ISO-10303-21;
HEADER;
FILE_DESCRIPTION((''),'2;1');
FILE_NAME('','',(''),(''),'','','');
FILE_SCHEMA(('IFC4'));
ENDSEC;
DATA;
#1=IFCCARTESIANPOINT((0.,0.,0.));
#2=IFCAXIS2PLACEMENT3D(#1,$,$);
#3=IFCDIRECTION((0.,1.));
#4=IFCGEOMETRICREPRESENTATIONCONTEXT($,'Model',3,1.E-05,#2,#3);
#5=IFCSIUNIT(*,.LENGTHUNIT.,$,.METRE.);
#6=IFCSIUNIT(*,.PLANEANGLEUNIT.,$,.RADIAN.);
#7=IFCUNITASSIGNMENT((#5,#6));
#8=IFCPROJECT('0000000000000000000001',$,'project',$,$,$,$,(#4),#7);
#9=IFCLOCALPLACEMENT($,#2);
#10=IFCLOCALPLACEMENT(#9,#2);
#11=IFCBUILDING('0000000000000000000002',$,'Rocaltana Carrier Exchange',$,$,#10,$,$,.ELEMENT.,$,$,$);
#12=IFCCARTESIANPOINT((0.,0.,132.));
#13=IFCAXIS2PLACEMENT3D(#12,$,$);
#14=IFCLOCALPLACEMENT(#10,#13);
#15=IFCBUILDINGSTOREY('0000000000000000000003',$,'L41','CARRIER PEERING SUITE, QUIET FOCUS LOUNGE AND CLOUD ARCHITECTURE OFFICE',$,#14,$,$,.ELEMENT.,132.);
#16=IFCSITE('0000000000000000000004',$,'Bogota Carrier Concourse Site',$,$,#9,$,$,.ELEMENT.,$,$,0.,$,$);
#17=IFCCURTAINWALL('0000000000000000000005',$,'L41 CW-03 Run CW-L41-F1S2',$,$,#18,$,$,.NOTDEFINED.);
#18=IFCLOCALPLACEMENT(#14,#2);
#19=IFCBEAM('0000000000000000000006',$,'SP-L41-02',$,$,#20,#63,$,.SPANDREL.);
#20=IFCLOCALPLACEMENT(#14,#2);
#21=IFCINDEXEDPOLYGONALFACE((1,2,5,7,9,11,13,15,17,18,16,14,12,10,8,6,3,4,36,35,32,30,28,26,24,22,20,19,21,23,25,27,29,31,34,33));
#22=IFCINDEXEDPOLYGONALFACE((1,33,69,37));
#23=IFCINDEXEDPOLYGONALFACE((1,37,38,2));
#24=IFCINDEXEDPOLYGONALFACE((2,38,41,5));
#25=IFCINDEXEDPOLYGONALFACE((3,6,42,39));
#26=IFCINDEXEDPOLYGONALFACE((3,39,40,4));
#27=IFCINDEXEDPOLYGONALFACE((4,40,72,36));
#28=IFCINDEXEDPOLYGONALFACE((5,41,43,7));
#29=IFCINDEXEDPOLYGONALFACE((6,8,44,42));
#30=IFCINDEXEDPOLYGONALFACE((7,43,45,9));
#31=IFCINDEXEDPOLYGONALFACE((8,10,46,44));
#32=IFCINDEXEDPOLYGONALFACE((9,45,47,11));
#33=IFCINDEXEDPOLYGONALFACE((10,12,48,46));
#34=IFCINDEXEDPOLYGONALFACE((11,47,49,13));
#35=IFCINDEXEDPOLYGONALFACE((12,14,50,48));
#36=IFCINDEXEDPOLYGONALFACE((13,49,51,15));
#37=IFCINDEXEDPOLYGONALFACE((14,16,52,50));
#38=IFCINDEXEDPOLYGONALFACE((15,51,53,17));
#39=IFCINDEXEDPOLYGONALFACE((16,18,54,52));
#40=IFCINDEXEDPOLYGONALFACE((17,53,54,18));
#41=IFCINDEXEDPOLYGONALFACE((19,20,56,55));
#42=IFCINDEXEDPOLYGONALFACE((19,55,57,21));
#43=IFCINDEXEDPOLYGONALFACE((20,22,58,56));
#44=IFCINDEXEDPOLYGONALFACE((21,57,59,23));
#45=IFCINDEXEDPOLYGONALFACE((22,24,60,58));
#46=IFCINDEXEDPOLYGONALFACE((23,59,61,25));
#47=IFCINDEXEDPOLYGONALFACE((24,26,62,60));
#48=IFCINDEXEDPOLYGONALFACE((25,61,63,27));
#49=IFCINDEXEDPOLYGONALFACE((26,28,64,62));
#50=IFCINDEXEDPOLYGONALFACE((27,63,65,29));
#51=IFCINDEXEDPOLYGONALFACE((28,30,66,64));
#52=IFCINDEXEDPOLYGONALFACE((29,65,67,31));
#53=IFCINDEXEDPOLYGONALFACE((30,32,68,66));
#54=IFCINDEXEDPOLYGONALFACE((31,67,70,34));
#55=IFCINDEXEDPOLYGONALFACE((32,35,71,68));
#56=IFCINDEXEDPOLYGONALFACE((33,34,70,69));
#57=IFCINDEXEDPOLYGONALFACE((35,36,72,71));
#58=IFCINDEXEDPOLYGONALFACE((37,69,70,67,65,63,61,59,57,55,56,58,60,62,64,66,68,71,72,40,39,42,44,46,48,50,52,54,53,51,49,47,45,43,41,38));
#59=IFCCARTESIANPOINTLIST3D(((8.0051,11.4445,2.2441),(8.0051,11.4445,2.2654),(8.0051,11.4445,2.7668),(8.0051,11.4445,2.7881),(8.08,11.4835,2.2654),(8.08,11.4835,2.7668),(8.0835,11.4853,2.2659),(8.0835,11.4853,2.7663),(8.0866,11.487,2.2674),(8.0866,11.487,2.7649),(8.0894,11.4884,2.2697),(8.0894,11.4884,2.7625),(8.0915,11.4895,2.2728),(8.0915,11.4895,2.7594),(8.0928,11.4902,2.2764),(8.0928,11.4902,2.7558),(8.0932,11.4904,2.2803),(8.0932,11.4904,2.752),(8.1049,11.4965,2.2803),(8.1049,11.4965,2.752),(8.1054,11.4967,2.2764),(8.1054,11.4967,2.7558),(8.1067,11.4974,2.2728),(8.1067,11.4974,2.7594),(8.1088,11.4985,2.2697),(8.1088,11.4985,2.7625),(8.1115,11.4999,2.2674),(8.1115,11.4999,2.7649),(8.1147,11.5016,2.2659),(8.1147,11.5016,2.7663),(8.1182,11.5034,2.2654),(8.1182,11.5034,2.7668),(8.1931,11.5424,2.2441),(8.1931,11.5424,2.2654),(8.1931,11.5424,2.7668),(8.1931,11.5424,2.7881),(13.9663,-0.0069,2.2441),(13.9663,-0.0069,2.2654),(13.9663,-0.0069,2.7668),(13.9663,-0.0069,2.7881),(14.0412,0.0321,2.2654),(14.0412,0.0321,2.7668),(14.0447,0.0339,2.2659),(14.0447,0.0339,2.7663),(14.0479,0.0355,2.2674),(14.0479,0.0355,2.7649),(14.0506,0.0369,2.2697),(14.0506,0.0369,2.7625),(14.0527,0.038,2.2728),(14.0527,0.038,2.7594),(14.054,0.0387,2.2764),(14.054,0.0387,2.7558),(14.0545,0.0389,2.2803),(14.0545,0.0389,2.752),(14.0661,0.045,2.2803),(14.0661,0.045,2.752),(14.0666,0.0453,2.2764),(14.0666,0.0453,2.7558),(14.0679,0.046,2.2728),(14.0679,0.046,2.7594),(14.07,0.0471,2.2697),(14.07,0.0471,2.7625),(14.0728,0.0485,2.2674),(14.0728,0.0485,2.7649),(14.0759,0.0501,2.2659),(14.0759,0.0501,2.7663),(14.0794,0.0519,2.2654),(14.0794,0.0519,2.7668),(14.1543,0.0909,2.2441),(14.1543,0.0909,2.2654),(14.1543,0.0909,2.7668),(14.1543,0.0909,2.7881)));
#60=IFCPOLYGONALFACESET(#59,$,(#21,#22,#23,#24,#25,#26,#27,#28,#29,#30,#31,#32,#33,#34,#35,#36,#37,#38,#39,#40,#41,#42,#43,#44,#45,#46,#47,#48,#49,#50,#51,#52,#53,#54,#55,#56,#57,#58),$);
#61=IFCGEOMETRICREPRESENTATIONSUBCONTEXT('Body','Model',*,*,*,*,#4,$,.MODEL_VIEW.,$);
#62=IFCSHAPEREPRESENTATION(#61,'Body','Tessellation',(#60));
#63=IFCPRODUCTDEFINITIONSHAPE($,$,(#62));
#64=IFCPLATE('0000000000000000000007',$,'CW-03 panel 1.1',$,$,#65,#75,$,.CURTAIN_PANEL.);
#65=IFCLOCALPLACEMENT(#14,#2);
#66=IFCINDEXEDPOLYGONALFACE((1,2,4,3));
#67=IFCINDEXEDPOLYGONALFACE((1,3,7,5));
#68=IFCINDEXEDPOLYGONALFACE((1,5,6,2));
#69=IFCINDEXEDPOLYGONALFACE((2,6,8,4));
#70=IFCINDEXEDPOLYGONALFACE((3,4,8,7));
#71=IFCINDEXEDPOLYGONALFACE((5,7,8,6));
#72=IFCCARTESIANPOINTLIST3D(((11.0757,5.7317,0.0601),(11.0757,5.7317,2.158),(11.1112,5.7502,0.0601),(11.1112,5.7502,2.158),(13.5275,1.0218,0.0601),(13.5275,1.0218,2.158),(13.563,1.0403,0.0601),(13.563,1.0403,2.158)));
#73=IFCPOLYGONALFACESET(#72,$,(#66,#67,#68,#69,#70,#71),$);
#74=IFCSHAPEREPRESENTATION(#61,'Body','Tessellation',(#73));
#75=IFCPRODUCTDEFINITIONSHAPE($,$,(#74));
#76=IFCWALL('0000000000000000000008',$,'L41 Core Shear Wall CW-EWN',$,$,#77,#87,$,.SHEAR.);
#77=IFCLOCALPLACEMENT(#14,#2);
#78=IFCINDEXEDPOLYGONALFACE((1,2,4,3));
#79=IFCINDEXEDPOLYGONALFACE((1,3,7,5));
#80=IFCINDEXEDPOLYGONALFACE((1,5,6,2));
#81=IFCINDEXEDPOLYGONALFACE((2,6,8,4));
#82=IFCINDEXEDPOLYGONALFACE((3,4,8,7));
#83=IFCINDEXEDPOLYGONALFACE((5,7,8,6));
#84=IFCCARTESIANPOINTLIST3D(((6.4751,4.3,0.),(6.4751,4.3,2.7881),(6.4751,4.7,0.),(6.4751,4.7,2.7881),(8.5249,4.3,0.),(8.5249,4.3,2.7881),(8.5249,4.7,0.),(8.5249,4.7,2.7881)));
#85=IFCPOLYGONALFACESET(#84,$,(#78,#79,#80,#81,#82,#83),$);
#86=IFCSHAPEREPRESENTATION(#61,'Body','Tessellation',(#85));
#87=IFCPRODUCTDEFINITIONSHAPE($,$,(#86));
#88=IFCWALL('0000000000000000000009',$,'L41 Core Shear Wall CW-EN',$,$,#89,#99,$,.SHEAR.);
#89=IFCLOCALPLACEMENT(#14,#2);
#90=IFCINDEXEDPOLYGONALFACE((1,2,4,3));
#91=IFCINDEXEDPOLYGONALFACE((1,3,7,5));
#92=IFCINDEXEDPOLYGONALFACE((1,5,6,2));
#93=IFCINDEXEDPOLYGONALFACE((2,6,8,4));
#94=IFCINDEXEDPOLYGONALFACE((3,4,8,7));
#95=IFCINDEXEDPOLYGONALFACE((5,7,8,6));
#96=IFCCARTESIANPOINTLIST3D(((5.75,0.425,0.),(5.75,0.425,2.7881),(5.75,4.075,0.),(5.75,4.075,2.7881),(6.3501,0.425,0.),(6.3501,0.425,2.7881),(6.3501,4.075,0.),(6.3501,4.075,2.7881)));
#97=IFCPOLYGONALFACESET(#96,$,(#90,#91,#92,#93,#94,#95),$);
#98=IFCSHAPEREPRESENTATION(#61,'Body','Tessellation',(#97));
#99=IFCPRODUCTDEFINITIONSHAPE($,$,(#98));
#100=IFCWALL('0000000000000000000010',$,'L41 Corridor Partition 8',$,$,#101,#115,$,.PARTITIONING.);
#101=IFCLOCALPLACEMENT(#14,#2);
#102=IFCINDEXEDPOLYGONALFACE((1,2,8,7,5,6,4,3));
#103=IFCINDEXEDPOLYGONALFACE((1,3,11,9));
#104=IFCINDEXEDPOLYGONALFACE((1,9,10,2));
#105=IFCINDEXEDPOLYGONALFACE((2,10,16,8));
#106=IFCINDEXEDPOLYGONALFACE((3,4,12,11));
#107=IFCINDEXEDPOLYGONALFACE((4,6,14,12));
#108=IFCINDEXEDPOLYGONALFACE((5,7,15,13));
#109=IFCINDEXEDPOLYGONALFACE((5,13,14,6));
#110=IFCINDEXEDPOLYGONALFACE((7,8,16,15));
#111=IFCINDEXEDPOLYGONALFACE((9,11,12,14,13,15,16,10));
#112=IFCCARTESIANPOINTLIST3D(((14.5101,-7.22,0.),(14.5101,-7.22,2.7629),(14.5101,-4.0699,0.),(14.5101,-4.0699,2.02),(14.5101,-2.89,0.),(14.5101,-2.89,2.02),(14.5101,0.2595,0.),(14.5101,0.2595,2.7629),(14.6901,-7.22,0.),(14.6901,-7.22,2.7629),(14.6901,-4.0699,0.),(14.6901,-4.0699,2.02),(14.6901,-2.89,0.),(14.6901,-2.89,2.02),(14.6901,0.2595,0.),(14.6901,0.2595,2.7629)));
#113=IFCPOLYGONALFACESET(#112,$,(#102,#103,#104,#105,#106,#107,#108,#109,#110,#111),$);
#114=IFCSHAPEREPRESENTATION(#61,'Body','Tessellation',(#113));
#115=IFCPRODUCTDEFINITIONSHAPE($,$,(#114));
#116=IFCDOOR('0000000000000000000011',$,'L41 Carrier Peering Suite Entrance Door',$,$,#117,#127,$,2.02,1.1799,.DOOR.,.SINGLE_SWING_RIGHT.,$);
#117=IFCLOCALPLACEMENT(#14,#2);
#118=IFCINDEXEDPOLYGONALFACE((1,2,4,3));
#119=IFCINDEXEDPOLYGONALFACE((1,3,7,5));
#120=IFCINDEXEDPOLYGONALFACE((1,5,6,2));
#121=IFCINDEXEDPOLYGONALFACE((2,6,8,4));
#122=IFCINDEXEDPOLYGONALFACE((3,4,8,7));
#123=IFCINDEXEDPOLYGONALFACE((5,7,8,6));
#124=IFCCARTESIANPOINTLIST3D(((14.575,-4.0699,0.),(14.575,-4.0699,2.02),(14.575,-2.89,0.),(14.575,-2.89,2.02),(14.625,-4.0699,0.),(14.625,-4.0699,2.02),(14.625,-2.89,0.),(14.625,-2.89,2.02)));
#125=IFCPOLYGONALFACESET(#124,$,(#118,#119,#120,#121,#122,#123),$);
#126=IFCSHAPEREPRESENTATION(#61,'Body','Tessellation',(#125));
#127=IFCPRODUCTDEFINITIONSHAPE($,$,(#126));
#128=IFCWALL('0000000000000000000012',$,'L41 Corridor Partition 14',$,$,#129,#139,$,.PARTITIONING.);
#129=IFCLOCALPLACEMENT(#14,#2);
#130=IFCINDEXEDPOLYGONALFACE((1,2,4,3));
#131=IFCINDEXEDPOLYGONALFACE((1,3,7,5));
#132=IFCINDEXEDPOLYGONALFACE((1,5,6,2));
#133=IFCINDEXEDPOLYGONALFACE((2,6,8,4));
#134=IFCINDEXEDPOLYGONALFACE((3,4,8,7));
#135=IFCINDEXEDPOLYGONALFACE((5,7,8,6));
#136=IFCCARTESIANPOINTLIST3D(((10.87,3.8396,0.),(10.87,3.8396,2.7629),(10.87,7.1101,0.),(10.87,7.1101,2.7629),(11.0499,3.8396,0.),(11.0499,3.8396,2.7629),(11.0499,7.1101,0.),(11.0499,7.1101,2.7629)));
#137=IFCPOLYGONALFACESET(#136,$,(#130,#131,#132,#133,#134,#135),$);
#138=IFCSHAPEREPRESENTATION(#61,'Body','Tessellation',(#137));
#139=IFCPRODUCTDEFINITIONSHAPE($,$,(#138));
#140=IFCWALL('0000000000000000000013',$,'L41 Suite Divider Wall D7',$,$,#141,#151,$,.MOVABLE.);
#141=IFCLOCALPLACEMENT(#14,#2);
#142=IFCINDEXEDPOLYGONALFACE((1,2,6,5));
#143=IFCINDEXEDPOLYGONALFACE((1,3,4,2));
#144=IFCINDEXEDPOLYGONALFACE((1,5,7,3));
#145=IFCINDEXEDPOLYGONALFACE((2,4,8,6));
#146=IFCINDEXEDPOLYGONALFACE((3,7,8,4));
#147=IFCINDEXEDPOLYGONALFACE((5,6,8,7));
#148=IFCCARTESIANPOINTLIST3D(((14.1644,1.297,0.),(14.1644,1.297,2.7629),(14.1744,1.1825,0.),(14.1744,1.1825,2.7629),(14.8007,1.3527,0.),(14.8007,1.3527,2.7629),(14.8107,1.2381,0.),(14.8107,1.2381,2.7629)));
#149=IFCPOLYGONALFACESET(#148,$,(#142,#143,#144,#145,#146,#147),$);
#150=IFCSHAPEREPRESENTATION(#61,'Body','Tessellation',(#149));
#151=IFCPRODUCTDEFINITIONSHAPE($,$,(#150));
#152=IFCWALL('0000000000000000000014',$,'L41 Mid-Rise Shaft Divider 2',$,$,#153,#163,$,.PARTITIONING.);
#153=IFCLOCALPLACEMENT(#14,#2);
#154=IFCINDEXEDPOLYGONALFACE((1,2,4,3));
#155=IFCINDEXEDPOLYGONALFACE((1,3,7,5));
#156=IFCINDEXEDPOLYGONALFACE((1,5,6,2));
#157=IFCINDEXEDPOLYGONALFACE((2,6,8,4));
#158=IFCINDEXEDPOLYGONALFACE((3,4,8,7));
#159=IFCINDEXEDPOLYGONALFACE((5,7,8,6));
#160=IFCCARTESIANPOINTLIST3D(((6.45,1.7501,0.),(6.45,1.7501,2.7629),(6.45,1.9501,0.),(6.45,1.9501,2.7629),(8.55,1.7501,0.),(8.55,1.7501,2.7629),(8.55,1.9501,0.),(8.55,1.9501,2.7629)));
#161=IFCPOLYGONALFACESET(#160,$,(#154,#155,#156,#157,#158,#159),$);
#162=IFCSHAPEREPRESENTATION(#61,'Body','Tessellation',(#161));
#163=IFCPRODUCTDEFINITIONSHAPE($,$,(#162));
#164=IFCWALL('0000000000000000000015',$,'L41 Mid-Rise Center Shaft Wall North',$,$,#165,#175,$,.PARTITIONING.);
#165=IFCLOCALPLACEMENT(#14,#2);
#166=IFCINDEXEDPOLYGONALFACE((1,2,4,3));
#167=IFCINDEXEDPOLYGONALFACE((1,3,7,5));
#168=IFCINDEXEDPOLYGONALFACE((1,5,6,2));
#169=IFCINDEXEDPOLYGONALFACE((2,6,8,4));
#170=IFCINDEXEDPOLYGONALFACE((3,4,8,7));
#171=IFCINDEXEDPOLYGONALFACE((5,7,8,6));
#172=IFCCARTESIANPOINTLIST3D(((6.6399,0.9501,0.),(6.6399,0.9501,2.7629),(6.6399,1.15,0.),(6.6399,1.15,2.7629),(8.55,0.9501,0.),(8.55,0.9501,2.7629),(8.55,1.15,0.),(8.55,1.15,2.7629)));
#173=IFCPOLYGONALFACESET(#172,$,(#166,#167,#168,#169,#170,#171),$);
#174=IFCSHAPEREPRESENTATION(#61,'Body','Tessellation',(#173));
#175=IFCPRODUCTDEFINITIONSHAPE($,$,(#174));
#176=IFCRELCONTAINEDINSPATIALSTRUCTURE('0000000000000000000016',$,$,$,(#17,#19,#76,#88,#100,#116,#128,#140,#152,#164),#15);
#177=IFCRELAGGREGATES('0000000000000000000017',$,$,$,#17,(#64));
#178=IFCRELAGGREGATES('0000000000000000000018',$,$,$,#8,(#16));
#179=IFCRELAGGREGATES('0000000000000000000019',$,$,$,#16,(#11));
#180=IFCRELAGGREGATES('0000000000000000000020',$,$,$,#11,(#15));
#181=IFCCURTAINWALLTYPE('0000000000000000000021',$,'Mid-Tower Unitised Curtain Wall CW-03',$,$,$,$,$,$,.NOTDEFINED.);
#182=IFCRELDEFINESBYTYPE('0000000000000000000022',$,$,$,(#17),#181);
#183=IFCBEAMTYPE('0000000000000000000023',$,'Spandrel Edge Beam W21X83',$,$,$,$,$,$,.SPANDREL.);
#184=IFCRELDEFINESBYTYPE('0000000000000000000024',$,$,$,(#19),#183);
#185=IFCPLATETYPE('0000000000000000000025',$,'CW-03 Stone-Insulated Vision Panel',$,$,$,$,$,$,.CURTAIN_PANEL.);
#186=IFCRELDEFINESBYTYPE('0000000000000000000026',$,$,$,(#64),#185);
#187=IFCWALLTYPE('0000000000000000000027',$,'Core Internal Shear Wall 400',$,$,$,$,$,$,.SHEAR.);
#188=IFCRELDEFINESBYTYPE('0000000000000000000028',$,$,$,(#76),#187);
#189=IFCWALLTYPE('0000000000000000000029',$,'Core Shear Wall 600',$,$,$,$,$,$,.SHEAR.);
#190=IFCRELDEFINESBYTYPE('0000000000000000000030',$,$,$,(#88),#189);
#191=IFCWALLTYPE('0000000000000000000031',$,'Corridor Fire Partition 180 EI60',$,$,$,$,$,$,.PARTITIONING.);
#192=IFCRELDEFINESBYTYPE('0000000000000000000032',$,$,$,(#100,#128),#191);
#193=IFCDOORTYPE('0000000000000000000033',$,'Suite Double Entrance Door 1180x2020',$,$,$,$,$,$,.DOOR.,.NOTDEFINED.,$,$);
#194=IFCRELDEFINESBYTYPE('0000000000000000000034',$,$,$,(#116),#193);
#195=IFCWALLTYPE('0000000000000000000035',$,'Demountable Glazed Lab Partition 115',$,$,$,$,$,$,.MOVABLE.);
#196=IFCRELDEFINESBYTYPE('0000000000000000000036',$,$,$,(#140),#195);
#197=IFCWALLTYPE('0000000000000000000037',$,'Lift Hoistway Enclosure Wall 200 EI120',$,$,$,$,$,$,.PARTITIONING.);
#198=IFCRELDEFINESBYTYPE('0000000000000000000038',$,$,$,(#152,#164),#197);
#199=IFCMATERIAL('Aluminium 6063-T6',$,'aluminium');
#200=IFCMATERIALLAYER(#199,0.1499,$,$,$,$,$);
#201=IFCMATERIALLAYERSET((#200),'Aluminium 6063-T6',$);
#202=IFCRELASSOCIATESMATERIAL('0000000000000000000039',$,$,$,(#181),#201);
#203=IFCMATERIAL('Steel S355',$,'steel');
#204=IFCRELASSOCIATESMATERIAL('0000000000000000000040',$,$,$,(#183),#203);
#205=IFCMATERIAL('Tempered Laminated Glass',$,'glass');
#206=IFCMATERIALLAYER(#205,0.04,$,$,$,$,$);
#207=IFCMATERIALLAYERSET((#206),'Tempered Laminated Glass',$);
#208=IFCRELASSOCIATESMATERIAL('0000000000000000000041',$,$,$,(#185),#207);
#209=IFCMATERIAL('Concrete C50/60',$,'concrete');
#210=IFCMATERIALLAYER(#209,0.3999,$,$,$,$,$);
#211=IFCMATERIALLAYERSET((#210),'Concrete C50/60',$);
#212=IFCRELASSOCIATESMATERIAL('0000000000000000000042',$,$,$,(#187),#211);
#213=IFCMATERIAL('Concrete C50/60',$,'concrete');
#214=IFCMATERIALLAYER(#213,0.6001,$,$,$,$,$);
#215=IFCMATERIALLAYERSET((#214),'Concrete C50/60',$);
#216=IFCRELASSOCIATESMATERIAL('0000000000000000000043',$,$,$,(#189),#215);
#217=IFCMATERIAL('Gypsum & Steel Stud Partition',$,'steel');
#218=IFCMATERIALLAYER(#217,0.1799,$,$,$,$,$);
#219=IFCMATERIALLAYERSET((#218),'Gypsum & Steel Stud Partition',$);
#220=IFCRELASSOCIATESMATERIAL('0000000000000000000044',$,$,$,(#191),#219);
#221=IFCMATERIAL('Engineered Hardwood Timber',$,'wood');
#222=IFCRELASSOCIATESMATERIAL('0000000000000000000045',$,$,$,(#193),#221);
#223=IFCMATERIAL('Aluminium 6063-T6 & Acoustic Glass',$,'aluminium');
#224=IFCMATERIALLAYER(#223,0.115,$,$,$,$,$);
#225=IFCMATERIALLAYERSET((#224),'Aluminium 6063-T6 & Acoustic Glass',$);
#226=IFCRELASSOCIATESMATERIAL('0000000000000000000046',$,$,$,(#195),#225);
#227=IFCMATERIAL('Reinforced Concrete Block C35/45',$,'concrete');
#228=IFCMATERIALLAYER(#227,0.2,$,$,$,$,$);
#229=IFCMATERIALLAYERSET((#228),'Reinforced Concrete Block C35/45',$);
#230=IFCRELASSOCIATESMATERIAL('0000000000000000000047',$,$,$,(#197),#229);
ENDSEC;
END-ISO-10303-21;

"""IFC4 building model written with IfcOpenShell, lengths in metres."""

from ifc_helpers import new_model, si_unit, direction, frame, frame_2d, origin, origin_2d, place, context, subcontext, project, spatial, rectangle, i_section, extrude, material, layer, layer_set, material_profile, profile_set, type_object, element, fill, aggregate, save


model = new_model("IFC4")

# Units and contexts
model_context = context("Model", 3, precision=1e-05, world=origin(), true_north=direction((0.0, 1.0)))
body_context = subcontext(model_context, "Body", "Model", "MODEL_VIEW")
ifc_project = project(units=[si_unit("LENGTHUNIT", "METRE"), si_unit("PLANEANGLEUNIT", "RADIAN")], contexts=[model_context])

# Site, building, storey
site_placement = place(None, origin())
site = spatial("IfcSite", under=ifc_project, at=site_placement, Name="Bogota Carrier Concourse Site", CompositionType="ELEMENT", RefElevation=0.0)
building_placement = place(site_placement, origin())
building = spatial("IfcBuilding", under=site, at=building_placement, Name="Rocaltana Carrier Exchange", CompositionType="ELEMENT")
storey_placement = place(building_placement, frame((0.0, 0.0, 132.0)))
storey = spatial("IfcBuildingStorey", under=building, at=storey_placement, Name="L41", Description="CARRIER PEERING SUITE, QUIET FOCUS LOUNGE AND CLOUD ARCHITECTURE OFFICE", CompositionType="ELEMENT", Elevation=132.0)

# Curtain wall
ifc_material_1 = material(Name="Aluminium 6063-T6", Category="aluminium")
ifc_layer_1 = layer(ifc_material_1, 0.1499)
ifc_layer_set_1 = layer_set([ifc_layer_1], Name="Aluminium 6063-T6")
curtain_wall_type = type_object("IfcCurtainWallType", Name="Mid-Tower Unitised Curtain Wall CW-03", PredefinedType="NOTDEFINED", material=ifc_layer_set_1)
curtain_wall_placement = place(storey_placement, origin())
curtain_wall = element("IfcCurtainWall", 1, at=curtain_wall_placement, inside=storey, type_object=curtain_wall_type, Name="L41 CW-03 Run CW-L41-F1S2", PredefinedType="NOTDEFINED")

# Beam
ifc_material_2 = material(Name="Steel S355", Category="steel")
ifc_material_profile_1 = material_profile(ifc_material_2, i_section(OverallWidth=0.2119, OverallDepth=0.5439, WebThickness=0.0132, FlangeThickness=0.0212, FilletRadius=0.0149, at=origin_2d()), Name="W21X83")
ifc_profile_set_1 = profile_set([ifc_material_profile_1], Name="Steel S355")
beam_type_1 = type_object("IfcBeamType", Name="Spandrel Edge Beam W21X83", PredefinedType="SPANDREL", material=ifc_profile_set_1)
beam_1_placement = place(storey_placement, frame((14.0603, 0.042, 2.5161), z_axis=(-0.461746, 0.887012, 0.0), x_axis=(-0.887012, -0.461746, 0.0)))
element("IfcBeam", 2, at=beam_1_placement, inside=storey, type_object=beam_type_1, Name="SP-L41-02", PredefinedType="SPANDREL", context=body_context, shape_type="SweptSolid", body=[
    extrude(i_section(OverallWidth=0.2119, OverallDepth=0.5439, WebThickness=0.0132, FlangeThickness=0.0212, FilletRadius=0.0149, at=origin_2d()), origin(), (0.0, 0.0, 1.0), 12.9102),
])

# Plate
ifc_material_3 = material(Name="Tempered Laminated Glass", Category="glass")
ifc_layer_2 = layer(ifc_material_3, 0.04)
ifc_layer_set_2 = layer_set([ifc_layer_2], Name="Tempered Laminated Glass")
plate_type = type_object("IfcPlateType", Name="CW-03 Stone-Insulated Vision Panel", PredefinedType="CURTAIN_PANEL", material=ifc_layer_set_2)
plate_placement = place(storey_placement, frame((12.3193, 3.386, 0.0601), z_axis=(0.0, 0.0, 1.0), x_axis=(-0.461747, 0.887012, 0.0)))
plate = element("IfcPlate", 3, at=plate_placement, type_object=plate_type, Name="CW-03 panel 1.1", PredefinedType="CURTAIN_PANEL", context=body_context, shape_type="SweptSolid", body=[
    extrude(rectangle(XDim=5.3098, YDim=0.04, at=origin_2d()), origin(), (0.0, 0.0, 1.0), 2.0979),
])
aggregate(curtain_wall, [plate])

# Walls
ifc_material_4 = material(Name="Concrete C50/60", Category="concrete")
ifc_layer_3 = layer(ifc_material_4, 0.3999)
ifc_layer_set_3 = layer_set([ifc_layer_3], Name="Concrete C50/60")
wall_type_1 = type_object("IfcWallType", Name="Core Internal Shear Wall 400", PredefinedType="SHEAR", material=ifc_layer_set_3)
wall_1_placement = place(storey_placement, frame((6.4751, 4.5, 0.0), z_axis=(0.0, 0.0, 1.0), x_axis=(1.0, 0.0, 0.0)))
element("IfcWall", 4, at=wall_1_placement, inside=storey, type_object=wall_type_1, Name="L41 Core Shear Wall CW-EWN", PredefinedType="SHEAR", context=body_context, shape_type="SweptSolid", body=[
    extrude(rectangle(XDim=2.0498, YDim=0.3999, at=frame_2d((1.0249, 0.0))), origin(), (0.0, 0.0, 1.0), 2.7881),
])
ifc_material_5 = material(Name="Concrete C50/60", Category="concrete")
ifc_layer_4 = layer(ifc_material_5, 0.6001)
ifc_layer_set_4 = layer_set([ifc_layer_4], Name="Concrete C50/60")
wall_type_2 = type_object("IfcWallType", Name="Core Shear Wall 600", PredefinedType="SHEAR", material=ifc_layer_set_4)
wall_2_placement = place(storey_placement, frame((6.05, 0.425, 0.0), z_axis=(0.0, 0.0, 1.0), x_axis=(0.0, 1.0, 0.0)))
element("IfcWall", 5, at=wall_2_placement, inside=storey, type_object=wall_type_2, Name="L41 Core Shear Wall CW-EN", PredefinedType="SHEAR", context=body_context, shape_type="SweptSolid", body=[
    extrude(rectangle(XDim=3.6499, YDim=0.6001, at=frame_2d((1.825, 0.0))), origin(), (0.0, 0.0, 1.0), 2.7881),
])

# Wall, opening, door
ifc_material_6 = material(Name="Gypsum & Steel Stud Partition", Category="steel")
ifc_layer_5 = layer(ifc_material_6, 0.1799)
ifc_layer_set_5 = layer_set([ifc_layer_5], Name="Gypsum & Steel Stud Partition")
wall_type_3 = type_object("IfcWallType", Name="Corridor Fire Partition 180 EI60", PredefinedType="PARTITIONING", material=ifc_layer_set_5)
wall_3_placement = place(storey_placement, frame((14.6001, 0.2595, 0.0), z_axis=(0.0, 0.0, 1.0), x_axis=(0.0, -1.0, 0.0)))
wall_3 = element("IfcWall", 6, at=wall_3_placement, inside=storey, type_object=wall_type_3, Name="L41 Corridor Partition 8", PredefinedType="PARTITIONING", context=body_context, shape_type="SweptSolid", body=[
    extrude(rectangle(XDim=7.4795, YDim=0.1799, at=frame_2d((3.7397, 0.0))), origin(), (0.0, 0.0, 1.0), 2.7629),
])
opening_placement = place(wall_3_placement, frame((3.1497, 0.0, 0.0)))
opening = element("IfcOpeningElement", 7, at=opening_placement, cuts=wall_3, PredefinedType="OPENING", context=body_context, shape_type="SweptSolid", body=[
    extrude(rectangle(XDim=1.1799, YDim=2.02, at=frame_2d((0.5898, 1.01))), frame((0.0, 0.0999, 0.0), z_axis=(0.0, -1.0, 0.0), x_axis=(1.0, 0.0, 0.0)), (0.0, 0.0, 1.0), 0.2),
])
ifc_material_7 = material(Name="Engineered Hardwood Timber", Category="wood")
door_type = type_object("IfcDoorType", Name="Suite Double Entrance Door 1180x2020", OperationType="NOTDEFINED", PredefinedType="DOOR", material=ifc_material_7)
door_placement = place(opening_placement, origin())
door = element("IfcDoor", 8, at=door_placement, inside=storey, type_object=door_type, Name="L41 Carrier Peering Suite Entrance Door", OperationType="SINGLE_SWING_RIGHT", OverallHeight=2.02, OverallWidth=1.1799, PredefinedType="DOOR", context=body_context, shape_type="SweptSolid", body=[
    extrude(rectangle(XDim=1.1799, YDim=2.02, at=frame_2d((0.5898, 1.01))), frame((0.0, 0.0249, 0.0), z_axis=(0.0, -1.0, 0.0), x_axis=(1.0, 0.0, 0.0)), (0.0, 0.0, 1.0), 0.05),
])
fill(opening, door)

# Walls
wall_4_placement = place(storey_placement, frame((10.96, 3.8396, 0.0), z_axis=(0.0, 0.0, 1.0), x_axis=(0.0, 1.0, 0.0)))
element("IfcWall", 9, at=wall_4_placement, inside=storey, type_object=wall_type_3, Name="L41 Corridor Partition 14", PredefinedType="PARTITIONING", context=body_context, shape_type="SweptSolid", body=[
    extrude(rectangle(XDim=3.2705, YDim=0.1799, at=frame_2d((1.6353, 0.0))), origin(), (0.0, 0.0, 1.0), 2.7629),
])
ifc_material_8 = material(Name="Aluminium 6063-T6 & Acoustic Glass", Category="aluminium")
ifc_layer_6 = layer(ifc_material_8, 0.115)
ifc_layer_set_6 = layer_set([ifc_layer_6], Name="Aluminium 6063-T6 & Acoustic Glass")
wall_type_4 = type_object("IfcWallType", Name="Demountable Glazed Lab Partition 115", PredefinedType="MOVABLE", material=ifc_layer_set_6)
wall_5_placement = place(storey_placement, frame((14.1694, 1.2397, 0.0), z_axis=(0.0, 0.0, 1.0), x_axis=(0.996195, 0.087157, 0.0)))
element("IfcWall", 10, at=wall_5_placement, inside=storey, type_object=wall_type_4, Name="L41 Suite Divider Wall D7", PredefinedType="MOVABLE", context=body_context, shape_type="SweptSolid", body=[
    extrude(rectangle(XDim=0.6387, YDim=0.115, at=frame_2d((0.3193, 0.0))), origin(), (0.0, 0.0, 1.0), 2.7629),
])
ifc_material_9 = material(Name="Reinforced Concrete Block C35/45", Category="concrete")
ifc_layer_7 = layer(ifc_material_9, 0.2)
ifc_layer_set_7 = layer_set([ifc_layer_7], Name="Reinforced Concrete Block C35/45")
wall_type_5 = type_object("IfcWallType", Name="Lift Hoistway Enclosure Wall 200 EI120", PredefinedType="PARTITIONING", material=ifc_layer_set_7)
wall_6_placement = place(storey_placement, frame((6.45, 1.8501, 0.0), z_axis=(0.0, 0.0, 1.0), x_axis=(1.0, 0.0, 0.0)))
element("IfcWall", 11, at=wall_6_placement, inside=storey, type_object=wall_type_5, Name="L41 Mid-Rise Shaft Divider 2", PredefinedType="PARTITIONING", context=body_context, shape_type="SweptSolid", body=[
    extrude(rectangle(XDim=2.1001, YDim=0.2, at=frame_2d((1.05, 0.0))), origin(), (0.0, 0.0, 1.0), 2.7629),
])
wall_7_placement = place(storey_placement, frame((6.6399, 1.05, 0.0), z_axis=(0.0, 0.0, 1.0), x_axis=(1.0, 0.0, 0.0)))
element("IfcWall", 12, at=wall_7_placement, inside=storey, type_object=wall_type_5, Name="L41 Mid-Rise Center Shaft Wall North", PredefinedType="PARTITIONING", context=body_context, shape_type="SweptSolid", body=[
    extrude(rectangle(XDim=1.9102, YDim=0.2, at=frame_2d((0.9551, 0.0))), origin(), (0.0, 0.0, 1.0), 2.7629),
])

save(model, "model.ifc")
